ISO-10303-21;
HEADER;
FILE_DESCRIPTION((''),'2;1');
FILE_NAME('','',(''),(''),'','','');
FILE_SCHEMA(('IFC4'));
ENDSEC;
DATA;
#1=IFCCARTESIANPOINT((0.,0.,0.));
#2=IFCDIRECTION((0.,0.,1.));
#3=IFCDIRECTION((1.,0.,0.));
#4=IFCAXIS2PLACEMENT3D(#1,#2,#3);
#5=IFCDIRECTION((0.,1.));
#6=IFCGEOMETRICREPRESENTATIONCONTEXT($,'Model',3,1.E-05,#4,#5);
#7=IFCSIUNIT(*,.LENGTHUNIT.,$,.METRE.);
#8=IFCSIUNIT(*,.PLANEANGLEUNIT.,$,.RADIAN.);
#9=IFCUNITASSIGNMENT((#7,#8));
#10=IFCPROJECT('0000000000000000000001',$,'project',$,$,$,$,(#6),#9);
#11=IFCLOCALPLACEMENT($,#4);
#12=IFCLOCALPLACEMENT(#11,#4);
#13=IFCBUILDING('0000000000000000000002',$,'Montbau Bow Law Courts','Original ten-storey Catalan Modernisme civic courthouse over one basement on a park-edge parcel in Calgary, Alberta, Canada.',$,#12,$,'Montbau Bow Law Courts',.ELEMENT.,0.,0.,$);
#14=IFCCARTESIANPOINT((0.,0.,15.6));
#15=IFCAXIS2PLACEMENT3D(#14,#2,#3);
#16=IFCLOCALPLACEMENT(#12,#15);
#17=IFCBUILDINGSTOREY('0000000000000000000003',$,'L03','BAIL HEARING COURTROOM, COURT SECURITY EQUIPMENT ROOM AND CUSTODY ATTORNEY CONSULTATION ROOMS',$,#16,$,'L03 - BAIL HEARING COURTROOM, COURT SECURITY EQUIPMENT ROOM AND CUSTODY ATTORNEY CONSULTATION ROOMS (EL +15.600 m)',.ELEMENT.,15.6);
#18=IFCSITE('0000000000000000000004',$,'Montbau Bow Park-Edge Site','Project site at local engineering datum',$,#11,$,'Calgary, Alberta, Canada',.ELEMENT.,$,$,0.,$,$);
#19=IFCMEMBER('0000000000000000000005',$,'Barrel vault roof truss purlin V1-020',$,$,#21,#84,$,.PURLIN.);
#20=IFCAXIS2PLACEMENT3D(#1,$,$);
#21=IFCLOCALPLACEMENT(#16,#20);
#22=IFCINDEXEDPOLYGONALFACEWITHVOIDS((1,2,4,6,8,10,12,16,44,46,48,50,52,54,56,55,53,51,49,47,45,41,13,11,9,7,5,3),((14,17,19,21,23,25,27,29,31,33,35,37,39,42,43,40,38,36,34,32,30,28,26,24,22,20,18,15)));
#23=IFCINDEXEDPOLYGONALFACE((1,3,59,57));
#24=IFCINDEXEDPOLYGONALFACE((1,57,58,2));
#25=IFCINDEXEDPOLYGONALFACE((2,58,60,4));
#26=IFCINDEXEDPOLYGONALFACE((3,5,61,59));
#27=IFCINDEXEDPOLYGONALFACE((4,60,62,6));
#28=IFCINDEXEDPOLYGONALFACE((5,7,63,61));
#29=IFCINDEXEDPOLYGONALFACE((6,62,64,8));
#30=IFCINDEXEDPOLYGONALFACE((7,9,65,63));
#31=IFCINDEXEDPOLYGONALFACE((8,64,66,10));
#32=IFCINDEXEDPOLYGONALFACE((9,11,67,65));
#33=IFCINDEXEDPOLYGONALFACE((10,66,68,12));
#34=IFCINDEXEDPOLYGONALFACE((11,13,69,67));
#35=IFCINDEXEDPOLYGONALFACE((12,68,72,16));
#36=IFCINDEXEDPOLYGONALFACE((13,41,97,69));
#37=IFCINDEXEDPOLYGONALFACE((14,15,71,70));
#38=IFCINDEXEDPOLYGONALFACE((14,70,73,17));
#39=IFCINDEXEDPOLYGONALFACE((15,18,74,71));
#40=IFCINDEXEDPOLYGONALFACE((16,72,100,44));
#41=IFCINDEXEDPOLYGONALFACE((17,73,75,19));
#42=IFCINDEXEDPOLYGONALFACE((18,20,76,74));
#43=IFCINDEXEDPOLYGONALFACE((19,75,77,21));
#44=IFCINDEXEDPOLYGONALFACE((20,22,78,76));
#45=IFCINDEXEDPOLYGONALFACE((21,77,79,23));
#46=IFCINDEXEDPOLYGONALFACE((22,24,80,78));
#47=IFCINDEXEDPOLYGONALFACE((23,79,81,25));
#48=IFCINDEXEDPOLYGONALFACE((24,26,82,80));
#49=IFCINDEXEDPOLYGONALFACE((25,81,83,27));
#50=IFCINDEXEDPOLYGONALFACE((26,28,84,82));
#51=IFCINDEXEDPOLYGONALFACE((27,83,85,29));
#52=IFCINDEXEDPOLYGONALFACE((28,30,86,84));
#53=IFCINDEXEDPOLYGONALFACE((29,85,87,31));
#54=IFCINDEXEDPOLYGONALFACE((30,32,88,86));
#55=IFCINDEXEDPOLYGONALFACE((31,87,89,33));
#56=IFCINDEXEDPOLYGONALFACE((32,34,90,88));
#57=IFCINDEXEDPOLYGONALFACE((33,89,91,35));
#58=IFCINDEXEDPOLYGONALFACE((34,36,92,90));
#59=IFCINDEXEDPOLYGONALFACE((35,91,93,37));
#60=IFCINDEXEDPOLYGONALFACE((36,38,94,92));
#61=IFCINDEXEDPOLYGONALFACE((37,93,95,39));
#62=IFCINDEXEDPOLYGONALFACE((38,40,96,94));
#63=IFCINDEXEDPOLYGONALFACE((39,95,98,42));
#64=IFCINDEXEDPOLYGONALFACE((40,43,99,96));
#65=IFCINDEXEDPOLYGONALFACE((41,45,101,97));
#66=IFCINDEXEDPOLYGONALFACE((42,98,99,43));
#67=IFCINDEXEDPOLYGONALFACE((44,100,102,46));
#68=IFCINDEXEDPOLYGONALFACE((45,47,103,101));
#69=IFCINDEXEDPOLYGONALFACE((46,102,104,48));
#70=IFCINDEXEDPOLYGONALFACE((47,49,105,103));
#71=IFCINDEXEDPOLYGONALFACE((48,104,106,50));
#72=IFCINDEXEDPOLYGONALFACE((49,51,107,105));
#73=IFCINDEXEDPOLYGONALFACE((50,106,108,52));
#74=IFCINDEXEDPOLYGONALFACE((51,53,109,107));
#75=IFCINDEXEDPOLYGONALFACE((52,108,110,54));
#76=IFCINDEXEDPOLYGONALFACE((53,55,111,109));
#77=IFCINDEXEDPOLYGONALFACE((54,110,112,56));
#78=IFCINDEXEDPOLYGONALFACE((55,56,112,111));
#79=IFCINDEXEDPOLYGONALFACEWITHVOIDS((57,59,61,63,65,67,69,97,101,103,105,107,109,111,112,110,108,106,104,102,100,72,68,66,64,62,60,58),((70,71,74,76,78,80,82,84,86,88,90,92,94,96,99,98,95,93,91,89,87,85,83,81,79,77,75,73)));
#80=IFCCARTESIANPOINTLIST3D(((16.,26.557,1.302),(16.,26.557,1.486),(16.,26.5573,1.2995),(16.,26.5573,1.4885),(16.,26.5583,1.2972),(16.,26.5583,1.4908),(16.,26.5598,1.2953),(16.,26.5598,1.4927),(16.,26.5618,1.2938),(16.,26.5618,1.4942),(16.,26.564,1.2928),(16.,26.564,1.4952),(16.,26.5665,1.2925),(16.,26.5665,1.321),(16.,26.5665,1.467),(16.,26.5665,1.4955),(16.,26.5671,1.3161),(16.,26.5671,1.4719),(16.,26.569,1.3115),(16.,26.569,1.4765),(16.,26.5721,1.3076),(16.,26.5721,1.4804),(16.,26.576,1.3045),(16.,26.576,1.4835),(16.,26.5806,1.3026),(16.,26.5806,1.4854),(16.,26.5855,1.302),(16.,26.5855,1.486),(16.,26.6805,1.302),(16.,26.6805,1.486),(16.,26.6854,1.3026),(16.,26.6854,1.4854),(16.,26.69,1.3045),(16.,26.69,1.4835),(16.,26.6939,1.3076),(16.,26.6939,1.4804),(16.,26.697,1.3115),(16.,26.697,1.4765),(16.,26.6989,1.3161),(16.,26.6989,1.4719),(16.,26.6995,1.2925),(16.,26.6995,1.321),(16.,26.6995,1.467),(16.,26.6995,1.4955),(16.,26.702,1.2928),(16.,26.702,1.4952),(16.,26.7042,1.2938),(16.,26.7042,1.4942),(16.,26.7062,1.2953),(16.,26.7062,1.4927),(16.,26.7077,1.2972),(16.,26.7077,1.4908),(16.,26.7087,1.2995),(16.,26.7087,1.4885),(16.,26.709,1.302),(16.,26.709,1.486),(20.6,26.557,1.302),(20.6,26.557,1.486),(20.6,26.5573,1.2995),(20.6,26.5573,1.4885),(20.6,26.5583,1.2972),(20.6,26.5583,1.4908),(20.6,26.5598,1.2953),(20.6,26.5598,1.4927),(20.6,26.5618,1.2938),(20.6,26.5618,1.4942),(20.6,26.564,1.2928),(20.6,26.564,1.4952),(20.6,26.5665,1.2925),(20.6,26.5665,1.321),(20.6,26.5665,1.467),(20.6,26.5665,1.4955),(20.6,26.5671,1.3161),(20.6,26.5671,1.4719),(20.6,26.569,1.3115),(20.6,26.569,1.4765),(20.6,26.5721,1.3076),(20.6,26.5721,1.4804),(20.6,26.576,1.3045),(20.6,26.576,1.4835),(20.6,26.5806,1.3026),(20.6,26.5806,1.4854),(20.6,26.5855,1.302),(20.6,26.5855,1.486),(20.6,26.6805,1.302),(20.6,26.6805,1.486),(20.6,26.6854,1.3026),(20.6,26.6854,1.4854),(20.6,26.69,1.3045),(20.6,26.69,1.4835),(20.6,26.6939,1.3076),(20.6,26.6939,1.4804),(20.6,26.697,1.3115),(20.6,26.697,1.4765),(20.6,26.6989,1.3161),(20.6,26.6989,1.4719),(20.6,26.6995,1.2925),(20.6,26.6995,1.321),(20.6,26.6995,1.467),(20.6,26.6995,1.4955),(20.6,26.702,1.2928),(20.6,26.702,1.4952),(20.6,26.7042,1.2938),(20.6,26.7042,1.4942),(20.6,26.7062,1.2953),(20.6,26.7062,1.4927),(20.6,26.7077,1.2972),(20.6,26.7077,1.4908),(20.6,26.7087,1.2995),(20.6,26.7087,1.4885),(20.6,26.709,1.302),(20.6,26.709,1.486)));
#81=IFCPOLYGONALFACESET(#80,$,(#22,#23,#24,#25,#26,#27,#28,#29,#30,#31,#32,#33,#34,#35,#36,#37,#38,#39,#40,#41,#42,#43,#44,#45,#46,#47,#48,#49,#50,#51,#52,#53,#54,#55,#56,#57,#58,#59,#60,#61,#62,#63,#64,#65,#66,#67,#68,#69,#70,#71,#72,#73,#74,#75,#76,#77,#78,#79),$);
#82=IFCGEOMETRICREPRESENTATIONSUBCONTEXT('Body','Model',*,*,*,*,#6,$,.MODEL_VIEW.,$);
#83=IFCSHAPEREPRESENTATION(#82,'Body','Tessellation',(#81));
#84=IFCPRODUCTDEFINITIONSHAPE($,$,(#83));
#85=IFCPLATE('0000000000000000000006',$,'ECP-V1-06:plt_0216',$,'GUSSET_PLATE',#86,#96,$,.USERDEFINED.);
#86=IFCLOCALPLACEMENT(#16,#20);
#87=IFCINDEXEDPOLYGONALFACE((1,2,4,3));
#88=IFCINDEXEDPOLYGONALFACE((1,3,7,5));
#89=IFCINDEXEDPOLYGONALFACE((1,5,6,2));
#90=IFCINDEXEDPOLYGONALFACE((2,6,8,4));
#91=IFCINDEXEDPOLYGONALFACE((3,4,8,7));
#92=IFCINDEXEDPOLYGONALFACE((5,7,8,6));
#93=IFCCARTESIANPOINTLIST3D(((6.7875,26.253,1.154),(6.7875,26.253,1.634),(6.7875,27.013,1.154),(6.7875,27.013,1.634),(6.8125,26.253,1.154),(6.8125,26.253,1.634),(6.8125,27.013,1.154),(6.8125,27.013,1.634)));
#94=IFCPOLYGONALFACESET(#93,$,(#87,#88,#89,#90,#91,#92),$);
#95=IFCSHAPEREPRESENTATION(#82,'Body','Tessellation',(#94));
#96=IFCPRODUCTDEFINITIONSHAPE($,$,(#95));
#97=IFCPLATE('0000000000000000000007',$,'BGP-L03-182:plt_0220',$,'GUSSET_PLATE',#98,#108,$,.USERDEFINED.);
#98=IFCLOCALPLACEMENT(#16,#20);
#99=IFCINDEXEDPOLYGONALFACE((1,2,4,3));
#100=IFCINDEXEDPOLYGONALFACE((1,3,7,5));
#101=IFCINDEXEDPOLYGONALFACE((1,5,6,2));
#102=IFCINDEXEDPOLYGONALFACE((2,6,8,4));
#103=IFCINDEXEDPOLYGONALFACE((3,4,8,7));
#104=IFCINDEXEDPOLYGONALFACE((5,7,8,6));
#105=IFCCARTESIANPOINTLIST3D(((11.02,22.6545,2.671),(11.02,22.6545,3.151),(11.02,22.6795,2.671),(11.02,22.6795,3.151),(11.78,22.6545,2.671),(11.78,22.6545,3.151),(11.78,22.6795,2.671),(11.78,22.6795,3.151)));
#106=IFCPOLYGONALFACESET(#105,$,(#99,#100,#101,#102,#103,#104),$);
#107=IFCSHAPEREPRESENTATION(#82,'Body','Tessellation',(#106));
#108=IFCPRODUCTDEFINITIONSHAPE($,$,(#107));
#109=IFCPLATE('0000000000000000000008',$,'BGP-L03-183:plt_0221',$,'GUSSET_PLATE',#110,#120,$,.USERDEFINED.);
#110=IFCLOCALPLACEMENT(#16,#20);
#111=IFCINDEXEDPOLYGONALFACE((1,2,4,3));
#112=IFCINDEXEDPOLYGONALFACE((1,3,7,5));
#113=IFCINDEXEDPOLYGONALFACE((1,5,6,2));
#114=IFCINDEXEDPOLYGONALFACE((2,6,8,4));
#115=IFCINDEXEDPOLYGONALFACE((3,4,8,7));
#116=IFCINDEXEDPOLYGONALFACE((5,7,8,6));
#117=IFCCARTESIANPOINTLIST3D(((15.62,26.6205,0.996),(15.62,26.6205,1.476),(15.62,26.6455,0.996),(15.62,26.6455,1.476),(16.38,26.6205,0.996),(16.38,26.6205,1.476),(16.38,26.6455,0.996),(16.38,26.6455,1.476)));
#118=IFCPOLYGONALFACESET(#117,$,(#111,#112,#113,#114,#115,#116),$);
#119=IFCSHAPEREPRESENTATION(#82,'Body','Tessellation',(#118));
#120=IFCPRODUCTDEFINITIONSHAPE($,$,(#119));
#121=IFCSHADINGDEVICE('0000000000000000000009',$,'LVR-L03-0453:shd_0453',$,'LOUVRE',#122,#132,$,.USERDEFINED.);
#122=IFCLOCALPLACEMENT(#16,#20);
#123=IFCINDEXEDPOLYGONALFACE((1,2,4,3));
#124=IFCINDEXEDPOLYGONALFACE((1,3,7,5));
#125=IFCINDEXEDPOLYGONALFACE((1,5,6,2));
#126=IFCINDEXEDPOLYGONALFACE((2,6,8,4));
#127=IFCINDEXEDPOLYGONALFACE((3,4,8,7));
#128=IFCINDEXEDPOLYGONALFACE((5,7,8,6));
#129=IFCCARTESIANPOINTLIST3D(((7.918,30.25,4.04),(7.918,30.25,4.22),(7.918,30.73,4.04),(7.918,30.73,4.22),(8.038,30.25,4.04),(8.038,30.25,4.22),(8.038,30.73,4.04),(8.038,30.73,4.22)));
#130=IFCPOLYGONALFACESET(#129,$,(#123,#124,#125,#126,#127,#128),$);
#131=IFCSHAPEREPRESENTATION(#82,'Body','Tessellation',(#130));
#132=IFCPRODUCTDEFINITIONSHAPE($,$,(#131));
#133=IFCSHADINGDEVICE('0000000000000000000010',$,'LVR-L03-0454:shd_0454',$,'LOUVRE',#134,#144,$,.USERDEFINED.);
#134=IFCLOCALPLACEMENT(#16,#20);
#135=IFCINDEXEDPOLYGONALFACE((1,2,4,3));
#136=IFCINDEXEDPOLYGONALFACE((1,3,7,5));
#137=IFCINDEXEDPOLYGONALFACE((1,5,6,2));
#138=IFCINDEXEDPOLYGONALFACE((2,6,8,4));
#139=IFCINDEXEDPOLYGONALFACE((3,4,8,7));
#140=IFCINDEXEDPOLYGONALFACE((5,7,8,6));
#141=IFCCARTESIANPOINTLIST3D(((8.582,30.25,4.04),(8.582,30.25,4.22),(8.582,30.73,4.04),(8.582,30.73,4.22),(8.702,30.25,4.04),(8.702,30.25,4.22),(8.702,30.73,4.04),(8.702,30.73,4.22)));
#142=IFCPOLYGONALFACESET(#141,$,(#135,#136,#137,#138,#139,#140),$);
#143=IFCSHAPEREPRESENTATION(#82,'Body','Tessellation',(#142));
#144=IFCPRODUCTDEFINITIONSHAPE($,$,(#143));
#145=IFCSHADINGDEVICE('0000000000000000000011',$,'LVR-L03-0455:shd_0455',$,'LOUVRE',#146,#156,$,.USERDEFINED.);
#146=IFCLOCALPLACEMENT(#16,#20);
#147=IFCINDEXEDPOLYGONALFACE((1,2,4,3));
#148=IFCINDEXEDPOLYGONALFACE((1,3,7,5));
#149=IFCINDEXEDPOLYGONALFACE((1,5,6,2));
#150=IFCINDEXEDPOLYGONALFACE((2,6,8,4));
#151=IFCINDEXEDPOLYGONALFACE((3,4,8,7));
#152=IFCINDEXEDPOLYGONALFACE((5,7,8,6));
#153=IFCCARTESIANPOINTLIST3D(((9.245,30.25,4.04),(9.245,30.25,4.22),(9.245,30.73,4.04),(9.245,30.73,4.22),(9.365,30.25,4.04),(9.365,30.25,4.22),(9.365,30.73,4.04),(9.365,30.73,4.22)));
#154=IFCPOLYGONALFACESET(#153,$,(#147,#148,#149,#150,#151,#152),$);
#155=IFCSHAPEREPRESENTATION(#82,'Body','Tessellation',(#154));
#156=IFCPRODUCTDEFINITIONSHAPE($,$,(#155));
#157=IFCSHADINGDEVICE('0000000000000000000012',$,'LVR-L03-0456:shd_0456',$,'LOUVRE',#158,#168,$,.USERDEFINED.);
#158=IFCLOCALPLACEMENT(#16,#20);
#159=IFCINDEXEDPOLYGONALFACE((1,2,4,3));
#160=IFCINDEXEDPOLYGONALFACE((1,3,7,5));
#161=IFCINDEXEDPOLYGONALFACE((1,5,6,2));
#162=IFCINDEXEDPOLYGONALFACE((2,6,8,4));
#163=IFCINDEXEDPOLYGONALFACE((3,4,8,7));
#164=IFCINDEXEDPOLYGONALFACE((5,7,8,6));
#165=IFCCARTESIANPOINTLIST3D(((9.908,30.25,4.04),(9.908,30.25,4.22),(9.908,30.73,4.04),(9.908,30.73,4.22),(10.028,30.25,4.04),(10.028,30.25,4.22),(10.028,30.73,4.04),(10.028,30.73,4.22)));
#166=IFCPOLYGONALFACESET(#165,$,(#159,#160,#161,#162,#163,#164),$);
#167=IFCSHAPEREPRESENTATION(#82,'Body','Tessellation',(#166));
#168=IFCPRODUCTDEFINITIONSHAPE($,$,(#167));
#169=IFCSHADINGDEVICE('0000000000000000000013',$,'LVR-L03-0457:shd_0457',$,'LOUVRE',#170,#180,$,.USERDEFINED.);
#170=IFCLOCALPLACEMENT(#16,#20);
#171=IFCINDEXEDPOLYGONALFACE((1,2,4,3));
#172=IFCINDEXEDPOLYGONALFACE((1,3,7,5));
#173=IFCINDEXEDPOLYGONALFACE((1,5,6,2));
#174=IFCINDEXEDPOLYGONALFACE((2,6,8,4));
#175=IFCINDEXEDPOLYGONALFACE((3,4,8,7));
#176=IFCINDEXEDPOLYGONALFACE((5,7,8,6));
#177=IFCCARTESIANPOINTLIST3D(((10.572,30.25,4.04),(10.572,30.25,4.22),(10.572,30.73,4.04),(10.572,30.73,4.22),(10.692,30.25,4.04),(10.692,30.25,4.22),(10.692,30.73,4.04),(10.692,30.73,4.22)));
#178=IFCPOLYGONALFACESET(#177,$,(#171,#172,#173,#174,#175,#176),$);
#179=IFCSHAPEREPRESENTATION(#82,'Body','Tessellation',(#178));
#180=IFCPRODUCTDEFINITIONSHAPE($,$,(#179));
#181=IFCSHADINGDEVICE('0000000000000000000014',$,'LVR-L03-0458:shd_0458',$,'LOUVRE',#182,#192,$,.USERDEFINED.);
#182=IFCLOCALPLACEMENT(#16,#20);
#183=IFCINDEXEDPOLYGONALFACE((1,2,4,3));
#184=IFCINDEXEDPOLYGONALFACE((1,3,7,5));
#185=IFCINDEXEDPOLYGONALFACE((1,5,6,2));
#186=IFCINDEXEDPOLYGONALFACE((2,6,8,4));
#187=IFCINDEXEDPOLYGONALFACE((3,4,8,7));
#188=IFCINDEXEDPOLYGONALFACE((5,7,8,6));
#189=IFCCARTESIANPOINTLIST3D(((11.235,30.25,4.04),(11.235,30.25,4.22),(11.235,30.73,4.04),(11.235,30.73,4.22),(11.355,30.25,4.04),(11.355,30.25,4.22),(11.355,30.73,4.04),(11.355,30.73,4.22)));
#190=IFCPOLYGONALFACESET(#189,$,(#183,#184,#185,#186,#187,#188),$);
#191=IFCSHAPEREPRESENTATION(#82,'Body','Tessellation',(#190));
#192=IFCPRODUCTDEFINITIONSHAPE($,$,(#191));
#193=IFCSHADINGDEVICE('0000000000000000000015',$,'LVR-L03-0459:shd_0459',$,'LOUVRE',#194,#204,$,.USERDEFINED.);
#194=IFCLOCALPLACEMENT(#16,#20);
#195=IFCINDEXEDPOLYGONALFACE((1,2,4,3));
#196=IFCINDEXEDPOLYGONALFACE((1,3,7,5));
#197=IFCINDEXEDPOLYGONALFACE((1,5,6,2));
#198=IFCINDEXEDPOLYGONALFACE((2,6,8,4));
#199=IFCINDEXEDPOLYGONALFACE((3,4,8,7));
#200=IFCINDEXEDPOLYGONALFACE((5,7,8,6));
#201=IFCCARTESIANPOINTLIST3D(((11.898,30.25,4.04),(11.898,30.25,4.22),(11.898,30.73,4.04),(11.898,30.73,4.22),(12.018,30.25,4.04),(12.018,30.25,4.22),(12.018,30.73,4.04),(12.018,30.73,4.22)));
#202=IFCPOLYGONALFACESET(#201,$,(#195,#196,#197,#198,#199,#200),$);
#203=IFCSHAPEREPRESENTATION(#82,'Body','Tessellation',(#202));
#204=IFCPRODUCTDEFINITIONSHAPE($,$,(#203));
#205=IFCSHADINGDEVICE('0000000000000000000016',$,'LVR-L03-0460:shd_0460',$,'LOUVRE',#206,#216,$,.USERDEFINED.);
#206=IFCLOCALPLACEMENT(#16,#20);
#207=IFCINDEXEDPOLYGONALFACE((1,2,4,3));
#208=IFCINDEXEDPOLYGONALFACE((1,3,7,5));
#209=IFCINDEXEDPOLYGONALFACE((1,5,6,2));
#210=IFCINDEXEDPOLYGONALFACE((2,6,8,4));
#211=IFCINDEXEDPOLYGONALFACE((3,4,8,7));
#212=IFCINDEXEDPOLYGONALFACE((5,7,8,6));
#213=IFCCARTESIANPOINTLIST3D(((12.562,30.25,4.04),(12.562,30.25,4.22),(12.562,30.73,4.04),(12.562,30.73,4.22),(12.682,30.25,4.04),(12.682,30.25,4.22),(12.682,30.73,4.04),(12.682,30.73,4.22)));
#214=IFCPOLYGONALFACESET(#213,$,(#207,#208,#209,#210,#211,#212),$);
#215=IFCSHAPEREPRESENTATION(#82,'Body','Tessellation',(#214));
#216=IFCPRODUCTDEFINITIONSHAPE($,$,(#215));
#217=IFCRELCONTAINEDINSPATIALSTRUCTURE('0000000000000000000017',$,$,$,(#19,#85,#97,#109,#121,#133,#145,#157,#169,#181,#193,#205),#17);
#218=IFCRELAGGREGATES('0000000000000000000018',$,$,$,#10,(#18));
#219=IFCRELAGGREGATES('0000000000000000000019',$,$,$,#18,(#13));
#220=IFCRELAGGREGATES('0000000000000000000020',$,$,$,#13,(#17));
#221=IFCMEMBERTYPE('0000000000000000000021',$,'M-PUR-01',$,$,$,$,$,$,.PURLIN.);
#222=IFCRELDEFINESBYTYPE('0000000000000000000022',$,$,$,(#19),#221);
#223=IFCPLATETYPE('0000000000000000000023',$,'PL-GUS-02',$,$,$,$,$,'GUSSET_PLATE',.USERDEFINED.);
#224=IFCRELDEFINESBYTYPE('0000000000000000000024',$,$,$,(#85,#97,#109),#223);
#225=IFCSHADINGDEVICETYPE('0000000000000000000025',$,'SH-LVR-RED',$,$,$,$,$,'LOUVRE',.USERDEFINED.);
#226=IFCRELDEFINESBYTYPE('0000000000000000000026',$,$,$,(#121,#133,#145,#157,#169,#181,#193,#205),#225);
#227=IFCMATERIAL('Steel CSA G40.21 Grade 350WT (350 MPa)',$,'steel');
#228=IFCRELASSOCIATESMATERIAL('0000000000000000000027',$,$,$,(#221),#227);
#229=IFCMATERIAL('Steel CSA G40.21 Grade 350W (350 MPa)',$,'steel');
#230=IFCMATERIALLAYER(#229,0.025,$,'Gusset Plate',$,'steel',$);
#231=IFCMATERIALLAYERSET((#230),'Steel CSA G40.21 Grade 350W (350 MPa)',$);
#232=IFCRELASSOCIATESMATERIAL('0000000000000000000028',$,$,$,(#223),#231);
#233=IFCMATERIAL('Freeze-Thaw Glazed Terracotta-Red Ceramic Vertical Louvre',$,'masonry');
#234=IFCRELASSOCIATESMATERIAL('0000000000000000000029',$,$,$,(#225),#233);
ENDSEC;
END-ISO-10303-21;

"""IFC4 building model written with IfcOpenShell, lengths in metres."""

from ifc_helpers import new_model, si_unit, direction, frame, origin_with_axes, origin_2d_with_axis, place, context, subcontext, project, spatial, rectangle, hollow_rectangle, extrude, material, layer, layer_set, material_profile, profile_set, type_object, element, save


model = new_model("IFC4")

# Units and contexts
model_context = context("Model", 3, precision=1e-05, world=origin_with_axes(), true_north=direction((0.0, 1.0)))
body_context = subcontext(model_context, "Body", "Model", "MODEL_VIEW")
ifc_project = project(units=[si_unit("LENGTHUNIT", "METRE"), si_unit("PLANEANGLEUNIT", "RADIAN")], contexts=[model_context])

# Site, building, storey
site_placement = place(None, origin_with_axes())
site = spatial("IfcSite", under=ifc_project, at=site_placement, Name="Montbau Bow Park-Edge Site", Description="Project site at local engineering datum", LongName="Calgary, Alberta, Canada", CompositionType="ELEMENT", RefElevation=0.0)
building_placement = place(site_placement, origin_with_axes())
building = spatial("IfcBuilding", under=site, at=building_placement, Name="Montbau Bow Law Courts", Description="Original ten-storey Catalan Modernisme civic courthouse over one basement on a park-edge parcel in Calgary, Alberta, Canada.", LongName="Montbau Bow Law Courts", CompositionType="ELEMENT", ElevationOfRefHeight=0.0, ElevationOfTerrain=0.0)
storey_placement = place(building_placement, frame((0.0, 0.0, 15.6), z_axis=(0.0, 0.0, 1.0), x_axis=(1.0, 0.0, 0.0)))
storey = spatial("IfcBuildingStorey", under=building, at=storey_placement, Name="L03", Description="BAIL HEARING COURTROOM, COURT SECURITY EQUIPMENT ROOM AND CUSTODY ATTORNEY CONSULTATION ROOMS", LongName="L03 - BAIL HEARING COURTROOM, COURT SECURITY EQUIPMENT ROOM AND CUSTODY ATTORNEY CONSULTATION ROOMS (EL +15.600 m)", CompositionType="ELEMENT", Elevation=15.6)

# Shared definitions
ifc_material_1 = material(Name="Steel CSA G40.21 Grade 350WT (350 MPa)", Category="steel")

# Member
ifc_material_profile_1 = material_profile(ifc_material_1, hollow_rectangle(XDim=0.152, YDim=0.203, WallThickness=0.0095, InnerFilletRadius=0.019, OuterFilletRadius=0.0095, at=origin_2d_with_axis()), Name="HSS203X152X9.5", Category="Main", Priority=0)
ifc_profile_set_1 = profile_set([ifc_material_profile_1], Name="Steel CSA G40.21 Grade 350WT (350 MPa)")
member_type = type_object("IfcMemberType", Name="M-PUR-01", PredefinedType="PURLIN", material=ifc_profile_set_1)
for number, where, z_axis, x_axis, name in (
    (1, (16.0, 26.633, 16.994), (1.0, 0.0, 0.0), (0.0, 1.0, 0.0), "Barrel vault roof truss purlin V1-020"),
):
    element("IfcMember", number, at=place(None, frame(where, z_axis=z_axis, x_axis=x_axis)), inside=storey, type_object=member_type, Name=name, PredefinedType="PURLIN", context=body_context, shape_type="SweptSolid", body=[
        extrude(hollow_rectangle(XDim=0.152, YDim=0.203, WallThickness=0.0095, InnerFilletRadius=0.019, OuterFilletRadius=0.0095, at=origin_2d_with_axis()), origin_with_axes(), (0.0, 0.0, 1.0), 4.6),
    ])

# Plates
ifc_material_2 = material(Name="Steel CSA G40.21 Grade 350W (350 MPa)", Category="steel")
ifc_layer = layer(ifc_material_2, 0.025, Name="Gusset Plate", Category="steel")
ifc_layer_set = layer_set([ifc_layer], Name="Steel CSA G40.21 Grade 350W (350 MPa)")
plate_type = type_object("IfcPlateType", Name="PL-GUS-02", ElementType="GUSSET_PLATE", PredefinedType="USERDEFINED", material=ifc_layer_set)
plate_placement = place(None, frame((6.8, 26.633, 16.754), z_axis=(0.0, 0.0, 1.0), x_axis=(1.0, 0.0, 0.0)))
element("IfcPlate", 2, at=plate_placement, inside=storey, type_object=plate_type, Name="ECP-V1-06:plt_0216", ObjectType="GUSSET_PLATE", PredefinedType="USERDEFINED", context=body_context, shape_type="SweptSolid", body=[
    extrude(rectangle(XDim=0.025, YDim=0.76, at=origin_2d_with_axis()), origin_with_axes(), (0.0, 0.0, 1.0), 0.48),
])
for number, where, z_axis, x_axis, name in (
    (3, (11.4, 22.667, 18.271), (0.0, 0.0, 1.0), (1.0, 0.0, 0.0), "BGP-L03-182:plt_0220"),
    (4, (16.0, 26.633, 16.596), (0.0, 0.0, 1.0), (1.0, 0.0, 0.0), "BGP-L03-183:plt_0221"),
):
    element("IfcPlate", number, at=place(None, frame(where, z_axis=z_axis, x_axis=x_axis)), inside=storey, type_object=plate_type, Name=name, ObjectType="GUSSET_PLATE", PredefinedType="USERDEFINED", context=body_context, shape_type="SweptSolid", body=[
        extrude(rectangle(XDim=0.76, YDim=0.025, at=origin_2d_with_axis()), origin_with_axes(), (0.0, 0.0, 1.0), 0.48),
    ])

# Shading devices
ifc_material_3 = material(Name="Freeze-Thaw Glazed Terracotta-Red Ceramic Vertical Louvre", Category="masonry")
shading_device_type = type_object("IfcShadingDeviceType", Name="SH-LVR-RED", ElementType="LOUVRE", PredefinedType="USERDEFINED", material=ifc_material_3)
for number, where, z_axis, x_axis, name in (
    (5, (7.978, 30.49, 19.64), (0.0, 0.0, 1.0), (0.0, -1.0, 0.0), "LVR-L03-0453:shd_0453"),
    (6, (8.642, 30.49, 19.64), (0.0, 0.0, 1.0), (0.0, -1.0, 0.0), "LVR-L03-0454:shd_0454"),
    (7, (9.305, 30.49, 19.64), (0.0, 0.0, 1.0), (0.0, -1.0, 0.0), "LVR-L03-0455:shd_0455"),
    (8, (9.968, 30.49, 19.64), (0.0, 0.0, 1.0), (0.0, -1.0, 0.0), "LVR-L03-0456:shd_0456"),
    (9, (10.632, 30.49, 19.64), (0.0, 0.0, 1.0), (0.0, -1.0, 0.0), "LVR-L03-0457:shd_0457"),
    (10, (11.295, 30.49, 19.64), (0.0, 0.0, 1.0), (0.0, -1.0, 0.0), "LVR-L03-0458:shd_0458"),
    (11, (11.958, 30.49, 19.64), (0.0, 0.0, 1.0), (0.0, -1.0, 0.0), "LVR-L03-0459:shd_0459"),
    (12, (12.622, 30.49, 19.64), (0.0, 0.0, 1.0), (0.0, -1.0, 0.0), "LVR-L03-0460:shd_0460"),
):
    element("IfcShadingDevice", number, at=place(None, frame(where, z_axis=z_axis, x_axis=x_axis)), inside=storey, type_object=shading_device_type, Name=name, ObjectType="LOUVRE", PredefinedType="USERDEFINED", context=body_context, shape_type="SweptSolid", body=[
        extrude(rectangle(XDim=0.48, YDim=0.12, at=origin_2d_with_axis()), origin_with_axes(), (0.0, 0.0, 1.0), 0.18),
    ])

save(model, "model.ifc")
